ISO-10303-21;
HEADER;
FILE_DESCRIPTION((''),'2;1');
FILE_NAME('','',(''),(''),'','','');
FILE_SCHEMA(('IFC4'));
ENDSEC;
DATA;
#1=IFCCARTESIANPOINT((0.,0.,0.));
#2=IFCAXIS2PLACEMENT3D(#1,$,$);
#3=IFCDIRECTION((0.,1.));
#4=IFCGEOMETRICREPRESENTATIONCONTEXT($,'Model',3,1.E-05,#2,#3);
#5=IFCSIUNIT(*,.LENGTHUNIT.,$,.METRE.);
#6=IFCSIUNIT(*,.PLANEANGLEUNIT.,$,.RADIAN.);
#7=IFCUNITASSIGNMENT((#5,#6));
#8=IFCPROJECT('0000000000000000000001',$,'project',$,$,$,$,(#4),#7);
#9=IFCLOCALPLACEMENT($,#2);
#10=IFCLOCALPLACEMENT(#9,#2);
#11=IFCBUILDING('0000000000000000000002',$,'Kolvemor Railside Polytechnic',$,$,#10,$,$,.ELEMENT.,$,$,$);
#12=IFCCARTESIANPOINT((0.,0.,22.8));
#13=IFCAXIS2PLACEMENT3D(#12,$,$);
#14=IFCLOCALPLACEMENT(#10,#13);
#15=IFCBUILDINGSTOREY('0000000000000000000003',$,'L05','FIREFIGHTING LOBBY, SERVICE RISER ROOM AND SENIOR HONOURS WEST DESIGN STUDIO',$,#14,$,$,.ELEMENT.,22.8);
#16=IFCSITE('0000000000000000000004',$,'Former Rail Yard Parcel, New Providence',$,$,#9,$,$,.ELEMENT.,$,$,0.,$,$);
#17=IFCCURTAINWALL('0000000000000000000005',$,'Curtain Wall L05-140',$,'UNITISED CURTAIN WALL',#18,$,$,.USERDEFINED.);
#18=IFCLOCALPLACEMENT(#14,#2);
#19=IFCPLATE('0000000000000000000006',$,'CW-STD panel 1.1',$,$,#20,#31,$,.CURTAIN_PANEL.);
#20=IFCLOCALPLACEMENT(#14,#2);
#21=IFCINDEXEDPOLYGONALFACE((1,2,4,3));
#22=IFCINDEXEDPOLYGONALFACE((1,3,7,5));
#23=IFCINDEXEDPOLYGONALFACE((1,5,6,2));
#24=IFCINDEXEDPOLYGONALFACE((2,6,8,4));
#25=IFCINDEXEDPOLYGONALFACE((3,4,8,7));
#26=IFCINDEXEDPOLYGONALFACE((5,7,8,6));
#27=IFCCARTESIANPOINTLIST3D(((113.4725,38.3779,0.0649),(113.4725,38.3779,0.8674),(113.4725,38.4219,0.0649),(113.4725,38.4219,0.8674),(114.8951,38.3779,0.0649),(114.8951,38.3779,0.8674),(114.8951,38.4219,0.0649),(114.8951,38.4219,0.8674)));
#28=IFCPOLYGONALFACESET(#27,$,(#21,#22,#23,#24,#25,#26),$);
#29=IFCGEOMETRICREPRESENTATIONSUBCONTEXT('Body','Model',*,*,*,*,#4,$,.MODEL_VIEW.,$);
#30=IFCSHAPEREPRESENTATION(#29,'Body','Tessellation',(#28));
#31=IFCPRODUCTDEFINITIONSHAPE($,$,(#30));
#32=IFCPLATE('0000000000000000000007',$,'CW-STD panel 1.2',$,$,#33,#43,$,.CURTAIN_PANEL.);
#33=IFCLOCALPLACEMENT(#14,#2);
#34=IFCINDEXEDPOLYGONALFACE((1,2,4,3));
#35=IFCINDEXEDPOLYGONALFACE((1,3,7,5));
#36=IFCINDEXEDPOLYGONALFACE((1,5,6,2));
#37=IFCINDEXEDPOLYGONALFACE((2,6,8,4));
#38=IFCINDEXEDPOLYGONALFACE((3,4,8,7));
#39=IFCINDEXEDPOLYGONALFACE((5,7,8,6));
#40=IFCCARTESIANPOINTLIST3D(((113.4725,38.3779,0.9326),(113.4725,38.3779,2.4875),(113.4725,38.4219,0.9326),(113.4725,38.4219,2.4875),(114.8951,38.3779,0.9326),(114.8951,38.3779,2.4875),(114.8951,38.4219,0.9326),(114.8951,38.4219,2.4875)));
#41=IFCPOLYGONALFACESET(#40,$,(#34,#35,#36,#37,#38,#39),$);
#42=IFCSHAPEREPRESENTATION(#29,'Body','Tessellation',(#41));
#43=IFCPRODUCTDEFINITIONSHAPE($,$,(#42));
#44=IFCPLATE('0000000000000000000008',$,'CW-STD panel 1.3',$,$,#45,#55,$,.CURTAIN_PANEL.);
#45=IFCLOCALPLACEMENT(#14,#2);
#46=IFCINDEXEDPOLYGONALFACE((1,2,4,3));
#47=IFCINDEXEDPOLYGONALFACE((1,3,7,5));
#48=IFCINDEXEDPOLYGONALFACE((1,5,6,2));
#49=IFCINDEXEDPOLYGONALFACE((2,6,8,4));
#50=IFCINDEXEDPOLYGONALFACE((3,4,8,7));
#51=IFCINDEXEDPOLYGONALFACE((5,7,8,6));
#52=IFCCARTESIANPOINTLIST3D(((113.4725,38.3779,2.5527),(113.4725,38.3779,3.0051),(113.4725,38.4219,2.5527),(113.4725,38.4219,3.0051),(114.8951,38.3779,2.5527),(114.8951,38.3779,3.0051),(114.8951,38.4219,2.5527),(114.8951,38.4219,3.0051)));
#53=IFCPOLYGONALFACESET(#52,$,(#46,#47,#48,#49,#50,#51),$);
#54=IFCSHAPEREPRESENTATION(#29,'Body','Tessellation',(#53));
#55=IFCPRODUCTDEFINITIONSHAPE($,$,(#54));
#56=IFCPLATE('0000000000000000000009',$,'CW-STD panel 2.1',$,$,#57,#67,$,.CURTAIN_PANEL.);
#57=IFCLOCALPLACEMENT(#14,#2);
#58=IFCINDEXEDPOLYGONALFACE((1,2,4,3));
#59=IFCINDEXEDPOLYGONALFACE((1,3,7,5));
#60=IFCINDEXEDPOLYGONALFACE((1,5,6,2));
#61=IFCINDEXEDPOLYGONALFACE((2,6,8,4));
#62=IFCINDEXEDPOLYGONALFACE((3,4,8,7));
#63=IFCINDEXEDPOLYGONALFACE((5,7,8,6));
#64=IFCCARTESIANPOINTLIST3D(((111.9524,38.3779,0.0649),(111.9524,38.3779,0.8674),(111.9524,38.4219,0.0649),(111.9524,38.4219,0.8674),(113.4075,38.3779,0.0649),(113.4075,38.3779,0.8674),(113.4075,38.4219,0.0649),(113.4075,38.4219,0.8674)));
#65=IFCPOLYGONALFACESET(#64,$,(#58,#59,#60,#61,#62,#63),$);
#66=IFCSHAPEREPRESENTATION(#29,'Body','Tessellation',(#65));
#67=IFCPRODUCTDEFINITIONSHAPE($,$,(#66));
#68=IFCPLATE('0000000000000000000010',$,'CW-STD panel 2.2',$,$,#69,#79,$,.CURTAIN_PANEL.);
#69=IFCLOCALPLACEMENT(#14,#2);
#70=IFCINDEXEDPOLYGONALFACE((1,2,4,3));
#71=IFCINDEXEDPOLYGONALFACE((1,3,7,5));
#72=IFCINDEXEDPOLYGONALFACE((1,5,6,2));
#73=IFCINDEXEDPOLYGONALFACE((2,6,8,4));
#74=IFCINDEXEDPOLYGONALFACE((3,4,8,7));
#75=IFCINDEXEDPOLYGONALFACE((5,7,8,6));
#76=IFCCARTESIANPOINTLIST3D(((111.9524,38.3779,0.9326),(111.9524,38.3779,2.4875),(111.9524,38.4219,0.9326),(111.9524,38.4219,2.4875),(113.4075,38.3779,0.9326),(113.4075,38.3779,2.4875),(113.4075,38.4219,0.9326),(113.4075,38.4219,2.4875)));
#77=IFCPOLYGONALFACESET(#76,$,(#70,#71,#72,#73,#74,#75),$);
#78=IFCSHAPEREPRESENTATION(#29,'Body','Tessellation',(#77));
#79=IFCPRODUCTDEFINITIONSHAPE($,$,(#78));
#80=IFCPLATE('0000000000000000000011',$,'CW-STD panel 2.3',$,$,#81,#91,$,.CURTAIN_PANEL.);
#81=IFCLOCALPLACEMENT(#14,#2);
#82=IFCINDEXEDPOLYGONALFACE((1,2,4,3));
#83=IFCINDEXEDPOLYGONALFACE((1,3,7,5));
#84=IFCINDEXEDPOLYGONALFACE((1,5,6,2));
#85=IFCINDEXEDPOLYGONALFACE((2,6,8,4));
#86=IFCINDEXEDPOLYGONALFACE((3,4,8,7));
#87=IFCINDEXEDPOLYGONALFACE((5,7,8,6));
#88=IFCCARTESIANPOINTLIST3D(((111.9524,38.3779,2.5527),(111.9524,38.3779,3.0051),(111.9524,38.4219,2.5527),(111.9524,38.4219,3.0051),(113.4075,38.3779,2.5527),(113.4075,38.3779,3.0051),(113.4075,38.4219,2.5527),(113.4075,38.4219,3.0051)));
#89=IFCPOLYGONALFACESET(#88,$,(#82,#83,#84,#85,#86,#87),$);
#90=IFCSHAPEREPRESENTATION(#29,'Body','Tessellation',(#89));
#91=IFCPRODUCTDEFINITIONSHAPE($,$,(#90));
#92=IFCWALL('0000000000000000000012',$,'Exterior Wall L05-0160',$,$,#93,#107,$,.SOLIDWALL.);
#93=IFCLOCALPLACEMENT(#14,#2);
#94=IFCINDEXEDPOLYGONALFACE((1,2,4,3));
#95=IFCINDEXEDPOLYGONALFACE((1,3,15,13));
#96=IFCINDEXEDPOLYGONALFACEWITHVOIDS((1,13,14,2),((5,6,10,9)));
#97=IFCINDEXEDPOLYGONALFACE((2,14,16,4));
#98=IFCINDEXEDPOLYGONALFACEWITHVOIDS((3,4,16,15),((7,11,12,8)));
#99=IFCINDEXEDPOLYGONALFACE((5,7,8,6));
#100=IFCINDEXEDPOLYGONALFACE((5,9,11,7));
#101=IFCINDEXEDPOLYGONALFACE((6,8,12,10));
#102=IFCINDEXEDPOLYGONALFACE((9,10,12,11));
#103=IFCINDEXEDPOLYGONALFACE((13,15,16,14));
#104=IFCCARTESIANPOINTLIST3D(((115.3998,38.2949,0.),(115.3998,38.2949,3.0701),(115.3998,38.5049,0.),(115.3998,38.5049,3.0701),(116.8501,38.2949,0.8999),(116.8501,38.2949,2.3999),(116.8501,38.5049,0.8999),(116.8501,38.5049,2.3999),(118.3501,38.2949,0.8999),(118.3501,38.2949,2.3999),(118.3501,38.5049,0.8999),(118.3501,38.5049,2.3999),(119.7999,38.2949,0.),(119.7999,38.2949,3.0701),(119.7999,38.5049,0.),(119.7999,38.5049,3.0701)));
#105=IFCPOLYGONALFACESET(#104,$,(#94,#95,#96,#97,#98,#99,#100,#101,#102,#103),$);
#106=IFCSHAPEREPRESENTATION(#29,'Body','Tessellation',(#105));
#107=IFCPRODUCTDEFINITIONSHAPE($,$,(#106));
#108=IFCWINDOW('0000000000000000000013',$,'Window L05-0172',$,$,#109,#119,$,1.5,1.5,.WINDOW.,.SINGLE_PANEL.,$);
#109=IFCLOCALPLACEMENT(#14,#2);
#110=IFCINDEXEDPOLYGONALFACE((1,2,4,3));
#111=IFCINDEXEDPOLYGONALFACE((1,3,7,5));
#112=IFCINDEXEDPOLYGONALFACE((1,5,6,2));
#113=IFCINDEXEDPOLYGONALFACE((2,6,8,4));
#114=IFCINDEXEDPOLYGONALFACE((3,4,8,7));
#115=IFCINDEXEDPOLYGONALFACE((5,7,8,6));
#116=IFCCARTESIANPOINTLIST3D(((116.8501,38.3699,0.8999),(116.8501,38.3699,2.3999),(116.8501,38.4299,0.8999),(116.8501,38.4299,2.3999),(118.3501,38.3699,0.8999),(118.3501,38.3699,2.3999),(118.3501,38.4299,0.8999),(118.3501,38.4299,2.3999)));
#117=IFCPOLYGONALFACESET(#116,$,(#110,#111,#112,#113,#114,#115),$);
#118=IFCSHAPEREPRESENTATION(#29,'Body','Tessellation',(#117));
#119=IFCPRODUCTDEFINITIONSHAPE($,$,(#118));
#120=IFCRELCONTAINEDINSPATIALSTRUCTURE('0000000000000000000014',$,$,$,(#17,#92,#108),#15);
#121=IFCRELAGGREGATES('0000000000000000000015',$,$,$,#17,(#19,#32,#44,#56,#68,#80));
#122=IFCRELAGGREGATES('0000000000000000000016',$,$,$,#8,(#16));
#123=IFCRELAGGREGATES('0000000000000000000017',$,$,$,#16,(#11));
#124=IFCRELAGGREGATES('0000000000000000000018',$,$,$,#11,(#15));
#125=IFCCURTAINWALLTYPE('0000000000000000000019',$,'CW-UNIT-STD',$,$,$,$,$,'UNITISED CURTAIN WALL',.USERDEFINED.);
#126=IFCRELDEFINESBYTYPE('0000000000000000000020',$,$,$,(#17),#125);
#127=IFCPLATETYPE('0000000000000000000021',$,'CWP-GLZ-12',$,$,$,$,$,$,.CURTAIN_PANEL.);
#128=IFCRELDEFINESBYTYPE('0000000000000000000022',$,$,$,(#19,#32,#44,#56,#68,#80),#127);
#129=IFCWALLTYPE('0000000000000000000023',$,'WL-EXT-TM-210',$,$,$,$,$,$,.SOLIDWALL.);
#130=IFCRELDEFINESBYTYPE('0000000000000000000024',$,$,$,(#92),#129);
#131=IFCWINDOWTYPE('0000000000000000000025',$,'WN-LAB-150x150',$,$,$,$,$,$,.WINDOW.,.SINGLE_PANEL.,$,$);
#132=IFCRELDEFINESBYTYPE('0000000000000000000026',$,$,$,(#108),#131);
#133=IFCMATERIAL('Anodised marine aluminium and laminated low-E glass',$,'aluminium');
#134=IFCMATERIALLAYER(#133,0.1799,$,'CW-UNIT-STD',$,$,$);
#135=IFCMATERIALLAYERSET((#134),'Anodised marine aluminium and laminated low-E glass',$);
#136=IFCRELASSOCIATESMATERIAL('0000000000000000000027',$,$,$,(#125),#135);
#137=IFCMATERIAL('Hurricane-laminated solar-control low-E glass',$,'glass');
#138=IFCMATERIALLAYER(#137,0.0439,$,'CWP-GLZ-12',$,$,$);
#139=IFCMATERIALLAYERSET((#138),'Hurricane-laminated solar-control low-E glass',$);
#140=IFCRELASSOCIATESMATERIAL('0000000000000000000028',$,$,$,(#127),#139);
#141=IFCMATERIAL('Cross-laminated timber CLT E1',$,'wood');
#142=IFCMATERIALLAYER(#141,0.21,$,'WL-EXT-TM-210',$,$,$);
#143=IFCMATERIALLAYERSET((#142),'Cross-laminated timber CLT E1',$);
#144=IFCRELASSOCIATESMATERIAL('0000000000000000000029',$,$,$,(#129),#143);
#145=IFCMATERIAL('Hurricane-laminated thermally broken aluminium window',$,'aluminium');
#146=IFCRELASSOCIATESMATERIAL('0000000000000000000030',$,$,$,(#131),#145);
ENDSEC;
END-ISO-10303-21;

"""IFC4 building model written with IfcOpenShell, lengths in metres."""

from ifc_helpers import new_model, si_unit, direction, frame, frame_2d, origin, origin_2d, place, context, subcontext, project, spatial, rectangle, extrude, material, layer, layer_set, type_object, element, fill, aggregate, save


model = new_model("IFC4")

# Units and contexts
model_context = context("Model", 3, precision=1e-05, world=origin(), true_north=direction((0.0, 1.0)))
body_context = subcontext(model_context, "Body", "Model", "MODEL_VIEW")
ifc_project = project(units=[si_unit("LENGTHUNIT", "METRE"), si_unit("PLANEANGLEUNIT", "RADIAN")], contexts=[model_context])

# Site, building, storey
site_placement = place(None, origin())
site = spatial("IfcSite", under=ifc_project, at=site_placement, Name="Former Rail Yard Parcel, New Providence", CompositionType="ELEMENT", RefElevation=0.0)
building_placement = place(site_placement, origin())
building = spatial("IfcBuilding", under=site, at=building_placement, Name="Kolvemor Railside Polytechnic", CompositionType="ELEMENT")
storey_placement = place(building_placement, frame((0.0, 0.0, 22.8)))
storey = spatial("IfcBuildingStorey", under=building, at=storey_placement, Name="L05", Description="FIREFIGHTING LOBBY, SERVICE RISER ROOM AND SENIOR HONOURS WEST DESIGN STUDIO", CompositionType="ELEMENT", Elevation=22.8)

# Curtain wall, plates
ifc_material_1 = material(Name="Anodised marine aluminium and laminated low-E glass", Category="aluminium")
ifc_layer_1 = layer(ifc_material_1, 0.1799, Name="CW-UNIT-STD")
ifc_layer_set_1 = layer_set([ifc_layer_1], Name="Anodised marine aluminium and laminated low-E glass")
curtain_wall_type = type_object("IfcCurtainWallType", Name="CW-UNIT-STD", ElementType="UNITISED CURTAIN WALL", PredefinedType="USERDEFINED", material=ifc_layer_set_1)
curtain_wall_placement = place(storey_placement, origin())
curtain_wall = element("IfcCurtainWall", 1, at=curtain_wall_placement, inside=storey, type_object=curtain_wall_type, Name="Curtain Wall L05-140", ObjectType="UNITISED CURTAIN WALL", PredefinedType="USERDEFINED")
ifc_material_2 = material(Name="Hurricane-laminated solar-control low-E glass", Category="glass")
ifc_layer_2 = layer(ifc_material_2, 0.0439, Name="CWP-GLZ-12")
ifc_layer_set_2 = layer_set([ifc_layer_2], Name="Hurricane-laminated solar-control low-E glass")
plate_type = type_object("IfcPlateType", Name="CWP-GLZ-12", PredefinedType="CURTAIN_PANEL", material=ifc_layer_set_2)
plate_1_placement = place(storey_placement, frame((114.1838, 38.3999, 0.0649), z_axis=(0.0, 0.0, 1.0), x_axis=(-1.0, 0.0, 0.0)))
plate_1 = element("IfcPlate", 2, at=plate_1_placement, type_object=plate_type, Name="CW-STD panel 1.1", PredefinedType="CURTAIN_PANEL", context=body_context, shape_type="SweptSolid", body=[
    extrude(rectangle(XDim=1.4226, YDim=0.0439, at=origin_2d()), origin(), (0.0, 0.0, 1.0), 0.8025),
])
plate_2_placement = place(storey_placement, frame((114.1838, 38.3999, 0.9326), z_axis=(0.0, 0.0, 1.0), x_axis=(-1.0, 0.0, 0.0)))
plate_2 = element("IfcPlate", 3, at=plate_2_placement, type_object=plate_type, Name="CW-STD panel 1.2", PredefinedType="CURTAIN_PANEL", context=body_context, shape_type="SweptSolid", body=[
    extrude(rectangle(XDim=1.4226, YDim=0.0439, at=origin_2d()), origin(), (0.0, 0.0, 1.0), 1.5549),
])
plate_3_placement = place(storey_placement, frame((114.1838, 38.3999, 2.5527), z_axis=(0.0, 0.0, 1.0), x_axis=(-1.0, 0.0, 0.0)))
plate_3 = element("IfcPlate", 4, at=plate_3_placement, type_object=plate_type, Name="CW-STD panel 1.3", PredefinedType="CURTAIN_PANEL", context=body_context, shape_type="SweptSolid", body=[
    extrude(rectangle(XDim=1.4226, YDim=0.0439, at=origin_2d()), origin(), (0.0, 0.0, 1.0), 0.4524),
])
plate_4_placement = place(storey_placement, frame((112.6799, 38.3999, 0.0649), z_axis=(0.0, 0.0, 1.0), x_axis=(-1.0, 0.0, 0.0)))
plate_4 = element("IfcPlate", 5, at=plate_4_placement, type_object=plate_type, Name="CW-STD panel 2.1", PredefinedType="CURTAIN_PANEL", context=body_context, shape_type="SweptSolid", body=[
    extrude(rectangle(XDim=1.4551, YDim=0.0439, at=origin_2d()), origin(), (0.0, 0.0, 1.0), 0.8025),
])
plate_5_placement = place(storey_placement, frame((112.6799, 38.3999, 0.9326), z_axis=(0.0, 0.0, 1.0), x_axis=(-1.0, 0.0, 0.0)))
plate_5 = element("IfcPlate", 6, at=plate_5_placement, type_object=plate_type, Name="CW-STD panel 2.2", PredefinedType="CURTAIN_PANEL", context=body_context, shape_type="SweptSolid", body=[
    extrude(rectangle(XDim=1.4551, YDim=0.0439, at=origin_2d()), origin(), (0.0, 0.0, 1.0), 1.5549),
])
plate_6_placement = place(storey_placement, frame((112.6799, 38.3999, 2.5527), z_axis=(0.0, 0.0, 1.0), x_axis=(-1.0, 0.0, 0.0)))
plate_6 = element("IfcPlate", 7, at=plate_6_placement, type_object=plate_type, Name="CW-STD panel 2.3", PredefinedType="CURTAIN_PANEL", context=body_context, shape_type="SweptSolid", body=[
    extrude(rectangle(XDim=1.4551, YDim=0.0439, at=origin_2d()), origin(), (0.0, 0.0, 1.0), 0.4524),
])
aggregate(curtain_wall, [plate_1, plate_2, plate_3, plate_4, plate_5, plate_6])

# Wall, opening, window
ifc_material_3 = material(Name="Cross-laminated timber CLT E1", Category="wood")
ifc_layer_3 = layer(ifc_material_3, 0.21, Name="WL-EXT-TM-210")
ifc_layer_set_3 = layer_set([ifc_layer_3], Name="Cross-laminated timber CLT E1")
wall_type = type_object("IfcWallType", Name="WL-EXT-TM-210", PredefinedType="SOLIDWALL", material=ifc_layer_set_3)
wall_placement = place(storey_placement, frame((119.8, 38.3999, 0.0), z_axis=(0.0, 0.0, 1.0), x_axis=(-1.0, 0.0, 0.0)))
wall = element("IfcWall", 8, at=wall_placement, inside=storey, type_object=wall_type, Name="Exterior Wall L05-0160", PredefinedType="SOLIDWALL", context=body_context, shape_type="SweptSolid", body=[
    extrude(rectangle(XDim=4.4001, YDim=0.21, at=frame_2d((2.2002, 0.0))), origin(), (0.0, 0.0, 1.0), 3.0701),
])
opening_placement = place(wall_placement, frame((1.45, 0.0, 0.8999)))
opening = element("IfcOpeningElement", 9, at=opening_placement, cuts=wall, PredefinedType="OPENING", context=body_context, shape_type="SweptSolid", body=[
    extrude(rectangle(XDim=1.5, YDim=1.5, at=frame_2d((0.75, 0.75))), frame((0.0, 0.115, 0.0), z_axis=(0.0, -1.0, 0.0), x_axis=(1.0, 0.0, 0.0)), (0.0, 0.0, 1.0), 0.23),
])
ifc_material_4 = material(Name="Hurricane-laminated thermally broken aluminium window", Category="aluminium")
window_type = type_object("IfcWindowType", Name="WN-LAB-150x150", PartitioningType="SINGLE_PANEL", PredefinedType="WINDOW", material=ifc_material_4)
window_placement = place(opening_placement, origin())
window = element("IfcWindow", 10, at=window_placement, inside=storey, type_object=window_type, Name="Window L05-0172", OverallHeight=1.5, OverallWidth=1.5, PartitioningType="SINGLE_PANEL", PredefinedType="WINDOW", context=body_context, shape_type="SweptSolid", body=[
    extrude(rectangle(XDim=1.5, YDim=1.5, at=frame_2d((0.75, 0.75))), frame((0.0, 0.03, 0.0), z_axis=(0.0, -1.0, 0.0), x_axis=(1.0, 0.0, 0.0)), (0.0, 0.0, 1.0), 0.0601),
])
fill(opening, window)

save(model, "model.ifc")
